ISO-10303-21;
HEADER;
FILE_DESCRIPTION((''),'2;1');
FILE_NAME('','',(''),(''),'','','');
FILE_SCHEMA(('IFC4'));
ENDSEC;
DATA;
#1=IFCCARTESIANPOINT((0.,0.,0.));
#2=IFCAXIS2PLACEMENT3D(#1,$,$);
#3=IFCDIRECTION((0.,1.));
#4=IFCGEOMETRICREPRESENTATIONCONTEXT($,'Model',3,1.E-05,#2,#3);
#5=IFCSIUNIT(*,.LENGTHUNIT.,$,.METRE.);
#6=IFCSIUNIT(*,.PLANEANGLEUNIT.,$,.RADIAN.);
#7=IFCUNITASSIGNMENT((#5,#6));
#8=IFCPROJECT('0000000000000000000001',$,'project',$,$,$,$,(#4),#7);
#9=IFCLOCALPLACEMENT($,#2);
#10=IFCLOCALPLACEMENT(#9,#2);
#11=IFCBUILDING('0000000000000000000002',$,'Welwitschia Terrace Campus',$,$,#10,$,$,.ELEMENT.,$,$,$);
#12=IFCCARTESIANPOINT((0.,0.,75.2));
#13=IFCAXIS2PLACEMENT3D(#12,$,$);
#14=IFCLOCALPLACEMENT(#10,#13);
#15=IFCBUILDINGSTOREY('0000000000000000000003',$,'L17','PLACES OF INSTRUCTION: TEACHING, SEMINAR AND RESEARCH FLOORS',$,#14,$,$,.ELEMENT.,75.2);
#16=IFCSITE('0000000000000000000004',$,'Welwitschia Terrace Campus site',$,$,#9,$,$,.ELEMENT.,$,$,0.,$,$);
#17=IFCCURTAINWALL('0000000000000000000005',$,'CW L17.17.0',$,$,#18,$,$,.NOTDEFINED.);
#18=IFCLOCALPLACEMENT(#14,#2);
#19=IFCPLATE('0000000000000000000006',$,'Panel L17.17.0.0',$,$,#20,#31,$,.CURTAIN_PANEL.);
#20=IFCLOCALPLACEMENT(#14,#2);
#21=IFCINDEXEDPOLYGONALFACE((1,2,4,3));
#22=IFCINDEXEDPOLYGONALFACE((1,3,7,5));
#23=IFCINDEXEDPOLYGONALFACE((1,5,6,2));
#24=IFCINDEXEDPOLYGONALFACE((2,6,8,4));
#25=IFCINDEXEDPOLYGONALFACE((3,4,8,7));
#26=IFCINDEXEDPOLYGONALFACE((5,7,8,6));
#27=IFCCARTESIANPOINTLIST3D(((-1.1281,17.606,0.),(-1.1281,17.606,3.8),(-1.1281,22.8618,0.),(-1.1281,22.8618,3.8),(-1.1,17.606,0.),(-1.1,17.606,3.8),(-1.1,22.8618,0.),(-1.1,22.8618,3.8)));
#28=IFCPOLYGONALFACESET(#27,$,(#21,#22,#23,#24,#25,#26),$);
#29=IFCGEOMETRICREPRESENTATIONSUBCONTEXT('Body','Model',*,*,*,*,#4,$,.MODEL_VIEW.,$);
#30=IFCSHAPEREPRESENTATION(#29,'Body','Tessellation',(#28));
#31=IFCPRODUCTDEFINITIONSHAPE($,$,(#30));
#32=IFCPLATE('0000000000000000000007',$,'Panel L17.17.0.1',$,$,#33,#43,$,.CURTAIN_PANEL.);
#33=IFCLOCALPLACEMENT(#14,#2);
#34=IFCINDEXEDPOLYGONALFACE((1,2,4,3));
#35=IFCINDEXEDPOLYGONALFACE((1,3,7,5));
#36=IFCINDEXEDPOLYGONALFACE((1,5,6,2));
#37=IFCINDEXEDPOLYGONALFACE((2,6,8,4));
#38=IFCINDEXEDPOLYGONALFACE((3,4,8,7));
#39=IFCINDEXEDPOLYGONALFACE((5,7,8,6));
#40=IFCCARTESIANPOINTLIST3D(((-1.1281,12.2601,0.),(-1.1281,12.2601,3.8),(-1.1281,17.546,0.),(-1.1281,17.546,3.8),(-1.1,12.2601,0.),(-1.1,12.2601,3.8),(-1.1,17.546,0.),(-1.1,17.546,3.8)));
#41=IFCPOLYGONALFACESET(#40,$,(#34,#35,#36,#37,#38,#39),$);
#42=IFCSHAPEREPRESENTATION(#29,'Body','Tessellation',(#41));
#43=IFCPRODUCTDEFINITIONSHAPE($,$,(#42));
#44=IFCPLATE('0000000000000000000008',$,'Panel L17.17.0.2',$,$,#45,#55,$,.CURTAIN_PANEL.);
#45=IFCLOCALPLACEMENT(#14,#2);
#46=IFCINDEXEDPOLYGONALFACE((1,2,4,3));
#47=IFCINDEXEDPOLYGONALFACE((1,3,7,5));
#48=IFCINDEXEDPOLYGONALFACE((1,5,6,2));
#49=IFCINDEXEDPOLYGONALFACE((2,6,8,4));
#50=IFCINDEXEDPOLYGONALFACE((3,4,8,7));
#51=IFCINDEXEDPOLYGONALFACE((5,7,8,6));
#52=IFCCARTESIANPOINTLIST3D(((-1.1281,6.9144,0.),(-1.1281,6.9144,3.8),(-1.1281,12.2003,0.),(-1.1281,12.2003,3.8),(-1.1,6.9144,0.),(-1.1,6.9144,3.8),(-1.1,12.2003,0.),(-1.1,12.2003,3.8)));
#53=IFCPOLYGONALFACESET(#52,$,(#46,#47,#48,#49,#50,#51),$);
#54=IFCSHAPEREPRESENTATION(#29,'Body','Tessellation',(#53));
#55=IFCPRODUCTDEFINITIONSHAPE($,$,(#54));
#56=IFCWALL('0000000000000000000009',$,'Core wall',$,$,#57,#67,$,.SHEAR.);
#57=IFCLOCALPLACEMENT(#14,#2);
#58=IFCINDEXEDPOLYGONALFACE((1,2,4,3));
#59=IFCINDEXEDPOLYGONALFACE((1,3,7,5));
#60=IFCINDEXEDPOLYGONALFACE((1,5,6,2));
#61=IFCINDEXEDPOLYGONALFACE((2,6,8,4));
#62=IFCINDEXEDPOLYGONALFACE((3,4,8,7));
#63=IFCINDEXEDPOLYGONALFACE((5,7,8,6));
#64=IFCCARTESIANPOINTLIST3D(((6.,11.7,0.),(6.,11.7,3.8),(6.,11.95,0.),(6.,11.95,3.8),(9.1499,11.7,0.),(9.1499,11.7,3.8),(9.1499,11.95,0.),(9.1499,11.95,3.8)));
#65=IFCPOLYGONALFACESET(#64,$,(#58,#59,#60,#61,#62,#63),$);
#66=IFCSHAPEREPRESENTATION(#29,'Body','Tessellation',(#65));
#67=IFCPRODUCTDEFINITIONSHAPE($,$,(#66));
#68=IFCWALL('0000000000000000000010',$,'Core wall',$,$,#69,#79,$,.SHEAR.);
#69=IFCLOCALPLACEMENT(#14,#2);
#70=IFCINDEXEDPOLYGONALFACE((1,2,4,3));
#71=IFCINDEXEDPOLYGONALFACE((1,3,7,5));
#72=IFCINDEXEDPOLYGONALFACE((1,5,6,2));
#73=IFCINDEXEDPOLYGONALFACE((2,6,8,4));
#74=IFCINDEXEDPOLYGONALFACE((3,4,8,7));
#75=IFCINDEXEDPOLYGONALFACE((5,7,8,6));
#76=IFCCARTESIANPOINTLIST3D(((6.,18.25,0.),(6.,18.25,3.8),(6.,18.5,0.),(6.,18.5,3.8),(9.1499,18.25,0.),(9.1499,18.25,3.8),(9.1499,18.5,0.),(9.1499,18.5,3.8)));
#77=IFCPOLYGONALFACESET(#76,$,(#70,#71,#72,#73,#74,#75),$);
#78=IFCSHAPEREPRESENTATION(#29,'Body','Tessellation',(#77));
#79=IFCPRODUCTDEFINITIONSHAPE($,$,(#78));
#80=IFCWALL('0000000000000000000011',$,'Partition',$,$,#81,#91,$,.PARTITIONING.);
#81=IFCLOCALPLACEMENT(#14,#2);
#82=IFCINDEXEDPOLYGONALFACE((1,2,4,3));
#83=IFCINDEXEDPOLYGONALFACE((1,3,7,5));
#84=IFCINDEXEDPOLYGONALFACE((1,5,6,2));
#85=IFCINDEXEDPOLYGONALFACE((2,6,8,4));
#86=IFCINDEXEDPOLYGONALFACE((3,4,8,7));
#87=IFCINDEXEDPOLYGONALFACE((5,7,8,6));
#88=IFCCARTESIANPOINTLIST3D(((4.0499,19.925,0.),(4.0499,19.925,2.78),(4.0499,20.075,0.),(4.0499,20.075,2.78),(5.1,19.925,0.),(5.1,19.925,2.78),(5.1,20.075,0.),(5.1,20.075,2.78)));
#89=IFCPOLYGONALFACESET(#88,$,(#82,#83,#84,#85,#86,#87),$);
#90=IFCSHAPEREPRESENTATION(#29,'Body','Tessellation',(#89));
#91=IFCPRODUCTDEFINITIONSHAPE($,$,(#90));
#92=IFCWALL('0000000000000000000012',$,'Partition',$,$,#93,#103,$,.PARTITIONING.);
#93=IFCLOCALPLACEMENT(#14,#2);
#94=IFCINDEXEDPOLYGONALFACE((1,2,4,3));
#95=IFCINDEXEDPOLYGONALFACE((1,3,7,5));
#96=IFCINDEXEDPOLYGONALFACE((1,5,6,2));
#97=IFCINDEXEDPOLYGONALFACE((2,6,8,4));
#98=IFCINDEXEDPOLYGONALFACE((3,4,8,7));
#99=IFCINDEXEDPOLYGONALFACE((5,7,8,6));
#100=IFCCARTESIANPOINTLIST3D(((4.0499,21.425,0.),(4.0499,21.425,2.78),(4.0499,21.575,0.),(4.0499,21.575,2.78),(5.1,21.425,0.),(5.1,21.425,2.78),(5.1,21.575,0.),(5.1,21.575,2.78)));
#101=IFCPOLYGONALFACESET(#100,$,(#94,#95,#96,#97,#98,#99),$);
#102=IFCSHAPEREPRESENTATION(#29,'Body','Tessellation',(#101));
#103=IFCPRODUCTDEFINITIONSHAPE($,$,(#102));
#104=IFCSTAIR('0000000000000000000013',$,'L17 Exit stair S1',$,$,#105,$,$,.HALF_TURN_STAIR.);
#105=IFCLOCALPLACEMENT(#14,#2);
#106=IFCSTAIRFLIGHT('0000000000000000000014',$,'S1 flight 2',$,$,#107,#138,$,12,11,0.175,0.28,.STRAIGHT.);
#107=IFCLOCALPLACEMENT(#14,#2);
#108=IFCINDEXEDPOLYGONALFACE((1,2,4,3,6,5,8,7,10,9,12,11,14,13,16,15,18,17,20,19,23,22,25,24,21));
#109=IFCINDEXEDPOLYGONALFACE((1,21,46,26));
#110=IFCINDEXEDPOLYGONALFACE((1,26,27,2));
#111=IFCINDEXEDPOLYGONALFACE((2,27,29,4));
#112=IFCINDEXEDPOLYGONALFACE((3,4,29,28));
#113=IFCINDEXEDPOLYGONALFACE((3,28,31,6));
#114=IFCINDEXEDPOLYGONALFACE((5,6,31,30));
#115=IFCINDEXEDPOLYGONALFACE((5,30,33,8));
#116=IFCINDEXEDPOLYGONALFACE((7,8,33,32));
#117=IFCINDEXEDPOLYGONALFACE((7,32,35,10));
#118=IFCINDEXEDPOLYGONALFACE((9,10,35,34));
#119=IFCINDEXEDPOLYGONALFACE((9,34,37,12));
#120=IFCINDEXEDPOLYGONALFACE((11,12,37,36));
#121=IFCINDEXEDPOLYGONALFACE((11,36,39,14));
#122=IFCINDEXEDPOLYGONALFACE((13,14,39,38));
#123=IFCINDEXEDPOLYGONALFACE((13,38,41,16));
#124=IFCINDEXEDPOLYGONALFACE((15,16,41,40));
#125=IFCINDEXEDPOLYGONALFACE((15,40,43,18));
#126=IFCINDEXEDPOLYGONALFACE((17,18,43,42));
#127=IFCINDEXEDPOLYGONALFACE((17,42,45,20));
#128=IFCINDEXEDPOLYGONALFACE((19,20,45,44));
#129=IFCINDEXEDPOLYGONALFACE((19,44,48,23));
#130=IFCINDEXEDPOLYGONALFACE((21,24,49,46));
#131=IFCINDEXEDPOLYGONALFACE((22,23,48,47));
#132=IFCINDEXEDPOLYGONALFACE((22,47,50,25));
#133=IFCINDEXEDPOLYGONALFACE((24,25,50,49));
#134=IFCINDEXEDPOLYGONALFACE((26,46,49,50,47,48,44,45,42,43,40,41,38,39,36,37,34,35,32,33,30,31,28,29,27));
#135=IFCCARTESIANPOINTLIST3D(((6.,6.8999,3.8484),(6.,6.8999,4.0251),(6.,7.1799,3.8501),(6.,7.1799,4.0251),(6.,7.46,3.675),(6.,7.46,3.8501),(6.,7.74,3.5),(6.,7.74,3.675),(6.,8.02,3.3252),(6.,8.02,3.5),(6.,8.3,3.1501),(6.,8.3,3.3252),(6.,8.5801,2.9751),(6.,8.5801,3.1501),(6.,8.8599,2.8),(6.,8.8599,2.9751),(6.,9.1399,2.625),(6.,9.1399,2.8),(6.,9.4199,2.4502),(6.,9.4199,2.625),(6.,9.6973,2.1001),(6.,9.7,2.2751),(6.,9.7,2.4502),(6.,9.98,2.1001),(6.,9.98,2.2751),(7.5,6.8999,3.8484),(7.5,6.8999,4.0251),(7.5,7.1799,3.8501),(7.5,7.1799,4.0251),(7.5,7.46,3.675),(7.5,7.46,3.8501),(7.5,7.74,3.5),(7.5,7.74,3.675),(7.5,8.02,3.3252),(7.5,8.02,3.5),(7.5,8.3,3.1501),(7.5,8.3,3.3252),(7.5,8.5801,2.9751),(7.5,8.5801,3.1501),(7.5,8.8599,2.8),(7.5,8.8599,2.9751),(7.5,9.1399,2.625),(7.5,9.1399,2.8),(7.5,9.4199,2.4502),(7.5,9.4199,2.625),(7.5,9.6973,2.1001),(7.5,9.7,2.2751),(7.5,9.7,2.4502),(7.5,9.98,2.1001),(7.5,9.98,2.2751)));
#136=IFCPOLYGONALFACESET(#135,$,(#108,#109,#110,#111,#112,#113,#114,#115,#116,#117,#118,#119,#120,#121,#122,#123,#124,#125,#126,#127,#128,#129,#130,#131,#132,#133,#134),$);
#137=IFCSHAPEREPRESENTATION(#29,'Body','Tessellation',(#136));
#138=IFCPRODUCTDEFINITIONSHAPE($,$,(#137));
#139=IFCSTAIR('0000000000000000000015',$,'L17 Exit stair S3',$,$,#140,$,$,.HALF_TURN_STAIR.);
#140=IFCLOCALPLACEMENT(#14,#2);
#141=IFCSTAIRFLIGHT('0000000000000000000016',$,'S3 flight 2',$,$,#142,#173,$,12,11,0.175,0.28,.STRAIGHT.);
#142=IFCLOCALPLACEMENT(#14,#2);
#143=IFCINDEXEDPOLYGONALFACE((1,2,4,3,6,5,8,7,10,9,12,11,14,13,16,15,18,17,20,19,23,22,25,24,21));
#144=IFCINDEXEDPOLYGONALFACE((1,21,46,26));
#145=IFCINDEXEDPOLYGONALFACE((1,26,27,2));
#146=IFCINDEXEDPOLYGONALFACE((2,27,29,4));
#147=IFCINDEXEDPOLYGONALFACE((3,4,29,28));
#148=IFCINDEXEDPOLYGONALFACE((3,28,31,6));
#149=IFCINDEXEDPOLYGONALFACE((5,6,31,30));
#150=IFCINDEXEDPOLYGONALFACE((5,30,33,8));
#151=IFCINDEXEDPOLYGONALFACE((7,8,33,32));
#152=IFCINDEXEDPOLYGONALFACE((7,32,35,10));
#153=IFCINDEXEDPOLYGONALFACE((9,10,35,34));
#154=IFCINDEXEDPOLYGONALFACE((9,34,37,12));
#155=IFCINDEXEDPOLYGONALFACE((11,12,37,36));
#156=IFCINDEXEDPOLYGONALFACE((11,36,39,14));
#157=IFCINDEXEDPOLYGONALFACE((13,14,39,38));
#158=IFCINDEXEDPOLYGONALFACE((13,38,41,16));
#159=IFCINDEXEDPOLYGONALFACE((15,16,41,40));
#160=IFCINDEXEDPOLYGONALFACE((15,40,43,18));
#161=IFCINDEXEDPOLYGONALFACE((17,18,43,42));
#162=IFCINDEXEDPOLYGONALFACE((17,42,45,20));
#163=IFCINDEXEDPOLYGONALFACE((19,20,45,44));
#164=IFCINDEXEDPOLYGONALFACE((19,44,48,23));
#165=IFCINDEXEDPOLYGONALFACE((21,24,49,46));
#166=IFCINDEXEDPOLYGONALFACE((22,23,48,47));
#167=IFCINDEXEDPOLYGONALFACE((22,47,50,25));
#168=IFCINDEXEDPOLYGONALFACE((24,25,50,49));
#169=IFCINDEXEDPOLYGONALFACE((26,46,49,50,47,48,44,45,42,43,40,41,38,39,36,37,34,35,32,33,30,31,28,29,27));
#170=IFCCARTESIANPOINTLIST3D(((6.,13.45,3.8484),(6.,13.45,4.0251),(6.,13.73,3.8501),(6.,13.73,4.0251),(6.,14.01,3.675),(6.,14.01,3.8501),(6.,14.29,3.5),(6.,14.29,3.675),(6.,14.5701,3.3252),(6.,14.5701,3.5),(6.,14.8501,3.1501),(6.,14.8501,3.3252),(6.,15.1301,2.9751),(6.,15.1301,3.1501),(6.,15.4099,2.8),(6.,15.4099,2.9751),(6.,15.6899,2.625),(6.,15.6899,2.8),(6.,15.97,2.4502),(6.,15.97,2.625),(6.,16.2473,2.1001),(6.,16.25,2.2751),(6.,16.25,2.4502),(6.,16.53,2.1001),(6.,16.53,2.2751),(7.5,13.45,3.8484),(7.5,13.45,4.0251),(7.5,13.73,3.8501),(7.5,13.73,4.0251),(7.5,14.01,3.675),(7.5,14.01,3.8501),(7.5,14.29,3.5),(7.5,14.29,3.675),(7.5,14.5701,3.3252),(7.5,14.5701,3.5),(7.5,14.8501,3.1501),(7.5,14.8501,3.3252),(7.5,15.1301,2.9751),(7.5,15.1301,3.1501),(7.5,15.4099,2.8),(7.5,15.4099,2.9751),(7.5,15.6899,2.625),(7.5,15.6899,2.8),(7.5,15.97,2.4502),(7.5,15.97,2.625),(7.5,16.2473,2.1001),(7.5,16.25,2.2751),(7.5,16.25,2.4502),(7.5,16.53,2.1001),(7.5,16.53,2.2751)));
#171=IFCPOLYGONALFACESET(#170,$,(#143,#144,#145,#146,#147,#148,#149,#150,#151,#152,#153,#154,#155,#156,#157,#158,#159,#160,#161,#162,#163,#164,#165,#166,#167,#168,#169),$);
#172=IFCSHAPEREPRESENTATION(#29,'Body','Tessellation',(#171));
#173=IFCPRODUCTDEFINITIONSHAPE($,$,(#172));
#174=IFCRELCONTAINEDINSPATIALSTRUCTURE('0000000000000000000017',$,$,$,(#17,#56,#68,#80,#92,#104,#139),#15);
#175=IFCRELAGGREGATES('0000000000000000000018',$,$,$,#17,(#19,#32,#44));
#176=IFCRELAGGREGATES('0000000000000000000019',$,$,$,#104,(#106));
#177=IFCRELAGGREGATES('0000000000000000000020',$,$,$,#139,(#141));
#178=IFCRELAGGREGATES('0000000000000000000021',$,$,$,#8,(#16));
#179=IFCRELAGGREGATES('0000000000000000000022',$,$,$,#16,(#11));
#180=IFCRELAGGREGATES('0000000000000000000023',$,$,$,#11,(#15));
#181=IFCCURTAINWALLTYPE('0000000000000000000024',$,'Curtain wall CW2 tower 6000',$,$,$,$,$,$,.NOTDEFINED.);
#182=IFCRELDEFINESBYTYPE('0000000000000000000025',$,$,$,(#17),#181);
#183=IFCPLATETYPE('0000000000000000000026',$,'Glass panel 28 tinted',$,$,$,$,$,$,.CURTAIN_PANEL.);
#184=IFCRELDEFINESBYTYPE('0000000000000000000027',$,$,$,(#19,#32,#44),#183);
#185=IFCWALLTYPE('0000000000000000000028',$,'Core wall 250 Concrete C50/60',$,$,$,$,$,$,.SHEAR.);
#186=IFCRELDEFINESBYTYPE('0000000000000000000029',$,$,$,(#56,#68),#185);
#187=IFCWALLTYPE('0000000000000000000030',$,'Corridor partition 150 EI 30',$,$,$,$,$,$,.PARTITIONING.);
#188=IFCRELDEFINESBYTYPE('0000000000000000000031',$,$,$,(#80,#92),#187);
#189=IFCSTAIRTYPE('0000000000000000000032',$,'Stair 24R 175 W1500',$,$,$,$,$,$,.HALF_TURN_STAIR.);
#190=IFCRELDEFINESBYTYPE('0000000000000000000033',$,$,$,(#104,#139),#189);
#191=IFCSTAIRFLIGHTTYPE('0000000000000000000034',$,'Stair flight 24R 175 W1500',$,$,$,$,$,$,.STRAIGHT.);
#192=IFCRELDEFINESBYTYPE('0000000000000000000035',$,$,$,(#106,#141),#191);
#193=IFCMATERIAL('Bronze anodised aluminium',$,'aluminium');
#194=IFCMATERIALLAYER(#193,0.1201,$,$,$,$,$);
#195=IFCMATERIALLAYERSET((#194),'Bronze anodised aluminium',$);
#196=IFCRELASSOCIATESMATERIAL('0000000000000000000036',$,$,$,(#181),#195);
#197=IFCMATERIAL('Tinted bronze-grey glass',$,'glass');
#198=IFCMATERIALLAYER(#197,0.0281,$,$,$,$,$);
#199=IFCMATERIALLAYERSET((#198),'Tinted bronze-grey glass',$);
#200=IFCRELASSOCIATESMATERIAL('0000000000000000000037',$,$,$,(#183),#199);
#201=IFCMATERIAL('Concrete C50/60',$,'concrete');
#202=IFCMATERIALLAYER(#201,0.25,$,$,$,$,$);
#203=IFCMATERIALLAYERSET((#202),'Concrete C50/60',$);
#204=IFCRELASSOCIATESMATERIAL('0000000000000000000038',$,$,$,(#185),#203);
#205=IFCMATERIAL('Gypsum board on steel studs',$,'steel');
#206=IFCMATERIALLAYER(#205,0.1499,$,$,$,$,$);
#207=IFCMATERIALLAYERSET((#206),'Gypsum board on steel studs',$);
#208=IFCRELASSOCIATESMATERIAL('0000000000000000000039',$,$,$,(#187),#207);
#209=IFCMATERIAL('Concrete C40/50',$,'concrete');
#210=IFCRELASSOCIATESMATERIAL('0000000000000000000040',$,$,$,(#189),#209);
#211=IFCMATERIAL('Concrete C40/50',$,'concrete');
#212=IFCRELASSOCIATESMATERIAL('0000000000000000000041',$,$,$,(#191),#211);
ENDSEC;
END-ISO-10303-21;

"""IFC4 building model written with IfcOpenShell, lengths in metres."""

from ifc_helpers import new_model, si_unit, direction, frame, frame_2d, origin, origin_2d, place, context, subcontext, project, spatial, polyline, rectangle, outline, extrude, material, layer, layer_set, type_object, element, aggregate, save


model = new_model("IFC4")

# Units and contexts
model_context = context("Model", 3, precision=1e-05, world=origin(), true_north=direction((0.0, 1.0)))
body_context = subcontext(model_context, "Body", "Model", "MODEL_VIEW")
ifc_project = project(units=[si_unit("LENGTHUNIT", "METRE"), si_unit("PLANEANGLEUNIT", "RADIAN")], contexts=[model_context])

# Site, building, storey
site_placement = place(None, origin())
site = spatial("IfcSite", under=ifc_project, at=site_placement, Name="Welwitschia Terrace Campus site", CompositionType="ELEMENT", RefElevation=0.0)
building_placement = place(site_placement, origin())
building = spatial("IfcBuilding", under=site, at=building_placement, Name="Welwitschia Terrace Campus", CompositionType="ELEMENT")
storey_placement = place(building_placement, frame((0.0, 0.0, 75.2)))
storey = spatial("IfcBuildingStorey", under=building, at=storey_placement, Name="L17", Description="PLACES OF INSTRUCTION: TEACHING, SEMINAR AND RESEARCH FLOORS", CompositionType="ELEMENT", Elevation=75.2)

# Shared definitions
ifc_material_1 = material(Name="Bronze anodised aluminium", Category="aluminium")
ifc_layer_1 = layer(ifc_material_1, 0.1201)
ifc_layer_set_1 = layer_set([ifc_layer_1], Name="Bronze anodised aluminium")
curtain_wall_type = type_object("IfcCurtainWallType", Name="Curtain wall CW2 tower 6000", PredefinedType="NOTDEFINED", material=ifc_layer_set_1)

# Curtain wall
curtain_wall_1_placement = place(storey_placement, origin())
curtain_wall_1 = element("IfcCurtainWall", 1, at=curtain_wall_1_placement, inside=storey, type_object=curtain_wall_type, Name="CW L17.17.0", PredefinedType="NOTDEFINED")

# Plates
ifc_material_2 = material(Name="Tinted bronze-grey glass", Category="glass")
ifc_layer_2 = layer(ifc_material_2, 0.0281)
ifc_layer_set_2 = layer_set([ifc_layer_2], Name="Tinted bronze-grey glass")
plate_type = type_object("IfcPlateType", Name="Glass panel 28 tinted", PredefinedType="CURTAIN_PANEL", material=ifc_layer_set_2)
plate_1_placement = place(storey_placement, frame((-1.114, 20.2339, 0.0), z_axis=(0.0, 0.0, 1.0), x_axis=(0.0, -1.0, 0.0)))
plate_1 = element("IfcPlate", 2, at=plate_1_placement, type_object=plate_type, Name="Panel L17.17.0.0", PredefinedType="CURTAIN_PANEL", context=body_context, shape_type="SweptSolid", body=[
    extrude(rectangle(XDim=5.2559, YDim=0.0281, at=origin_2d()), origin(), (0.0, 0.0, 1.0), 3.8),
])
plate_2_placement = place(storey_placement, frame((-1.114, 14.9031, 0.0), z_axis=(0.0, 0.0, 1.0), x_axis=(0.0, -1.0, 0.0)))
plate_2 = element("IfcPlate", 3, at=plate_2_placement, type_object=plate_type, Name="Panel L17.17.0.1", PredefinedType="CURTAIN_PANEL", context=body_context, shape_type="SweptSolid", body=[
    extrude(rectangle(XDim=5.2859, YDim=0.0281, at=origin_2d()), origin(), (0.0, 0.0, 1.0), 3.8),
])
plate_3_placement = place(storey_placement, frame((-1.114, 9.5574, 0.0), z_axis=(0.0, 0.0, 1.0), x_axis=(0.0, -1.0, 0.0)))
plate_3 = element("IfcPlate", 4, at=plate_3_placement, type_object=plate_type, Name="Panel L17.17.0.2", PredefinedType="CURTAIN_PANEL", context=body_context, shape_type="SweptSolid", body=[
    extrude(rectangle(XDim=5.2859, YDim=0.0281, at=origin_2d()), origin(), (0.0, 0.0, 1.0), 3.8),
])
aggregate(curtain_wall_1, [plate_1, plate_2, plate_3])

# Walls
ifc_material_3 = material(Name="Concrete C50/60", Category="concrete")
ifc_layer_3 = layer(ifc_material_3, 0.25)
ifc_layer_set_3 = layer_set([ifc_layer_3], Name="Concrete C50/60")
wall_type_1 = type_object("IfcWallType", Name="Core wall 250 Concrete C50/60", PredefinedType="SHEAR", material=ifc_layer_set_3)
for number, where, z_axis, x_axis, name in (
    (5, (6.0, 11.825, 0.0), (0.0, 0.0, 1.0), (1.0, 0.0, 0.0), "Core wall"),
    (6, (6.0, 18.375, 0.0), (0.0, 0.0, 1.0), (1.0, 0.0, 0.0), "Core wall"),
):
    element("IfcWall", number, at=place(storey_placement, frame(where, z_axis=z_axis, x_axis=x_axis)), inside=storey, type_object=wall_type_1, Name=name, PredefinedType="SHEAR", context=body_context, shape_type="SweptSolid", body=[
        extrude(rectangle(XDim=3.1499, YDim=0.25, at=frame_2d((1.575, 0.0))), origin(), (0.0, 0.0, 1.0), 3.8),
    ])
ifc_material_4 = material(Name="Gypsum board on steel studs", Category="steel")
ifc_layer_4 = layer(ifc_material_4, 0.1499)
ifc_layer_set_4 = layer_set([ifc_layer_4], Name="Gypsum board on steel studs")
wall_type_2 = type_object("IfcWallType", Name="Corridor partition 150 EI 30", PredefinedType="PARTITIONING", material=ifc_layer_set_4)
for number, where, z_axis, x_axis, name in (
    (7, (4.05, 20.0, 0.0), (0.0, 0.0, 1.0), (1.0, 0.0, 0.0), "Partition"),
    (8, (4.05, 21.5, 0.0), (0.0, 0.0, 1.0), (1.0, 0.0, 0.0), "Partition"),
):
    element("IfcWall", number, at=place(storey_placement, frame(where, z_axis=z_axis, x_axis=x_axis)), inside=storey, type_object=wall_type_2, Name=name, PredefinedType="PARTITIONING", context=body_context, shape_type="SweptSolid", body=[
        extrude(rectangle(XDim=1.05, YDim=0.1499, at=frame_2d((0.5249, 0.0))), origin(), (0.0, 0.0, 1.0), 2.78),
    ])

# Stairs, stair flights
ifc_material_5 = material(Name="Concrete C40/50", Category="concrete")
stair_type = type_object("IfcStairType", Name="Stair 24R 175 W1500", PredefinedType="HALF_TURN_STAIR", material=ifc_material_5)
stair_1_placement = place(storey_placement, origin())
stair_1 = element("IfcStair", 9, at=stair_1_placement, inside=storey, type_object=stair_type, Name="L17 Exit stair S1", PredefinedType="HALF_TURN_STAIR")
ifc_material_6 = material(Name="Concrete C40/50", Category="concrete")
stair_flight_type = type_object("IfcStairFlightType", Name="Stair flight 24R 175 W1500", PredefinedType="STRAIGHT", material=ifc_material_6)
stair_flight_1_placement = place(storey_placement, frame((6.75, 9.98, 2.1001), z_axis=(0.0, 0.0, 1.0), x_axis=(0.0, -1.0, 0.0)))
stair_flight_1 = element("IfcStairFlight", 10, at=stair_flight_1_placement, type_object=stair_flight_type, Name="S1 flight 2", NumberOfRisers=12, NumberOfTreads=11, PredefinedType="STRAIGHT", RiserHeight=0.175, TreadLength=0.28, context=body_context, shape_type="SweptSolid", body=[
    extrude(outline(polyline([(0.0, 0.0), (0.0, 0.175), (0.28, 0.175), (0.28, 0.3501), (0.5601, 0.3501), (0.5601, 0.5249), (0.8401, 0.5249), (0.8401, 0.7), (1.1201, 0.7), (1.1201, 0.875), (1.3999, 0.875), (1.3999, 1.05), (1.6799, 1.05), (1.6799, 1.2251), (1.96, 1.2251), (1.96, 1.3999), (2.24, 1.3999), (2.24, 1.575), (2.52, 1.575), (2.52, 1.75), (2.8, 1.75), (2.8, 1.925), (3.0801, 1.925), (3.0801, 2.1001), (3.0801, 1.7483), (0.2827, 0.0), (0.0, 0.0)])), frame((0.0, 0.75, 0.0), z_axis=(0.0, -1.0, 0.0), x_axis=(1.0, 0.0, 0.0)), (0.0, 0.0, 1.0), 1.5),
])
aggregate(stair_1, [stair_flight_1])
stair_2_placement = place(storey_placement, origin())
stair_2 = element("IfcStair", 11, at=stair_2_placement, inside=storey, type_object=stair_type, Name="L17 Exit stair S3", PredefinedType="HALF_TURN_STAIR")
stair_flight_2_placement = place(storey_placement, frame((6.75, 16.53, 2.1001), z_axis=(0.0, 0.0, 1.0), x_axis=(0.0, -1.0, 0.0)))
stair_flight_2 = element("IfcStairFlight", 12, at=stair_flight_2_placement, type_object=stair_flight_type, Name="S3 flight 2", NumberOfRisers=12, NumberOfTreads=11, PredefinedType="STRAIGHT", RiserHeight=0.175, TreadLength=0.28, context=body_context, shape_type="SweptSolid", body=[
    extrude(outline(polyline([(0.0, 0.0), (0.0, 0.175), (0.28, 0.175), (0.28, 0.3501), (0.5601, 0.3501), (0.5601, 0.5249), (0.8401, 0.5249), (0.8401, 0.7), (1.1201, 0.7), (1.1201, 0.875), (1.3999, 0.875), (1.3999, 1.05), (1.6799, 1.05), (1.6799, 1.2251), (1.96, 1.2251), (1.96, 1.3999), (2.24, 1.3999), (2.24, 1.575), (2.52, 1.575), (2.52, 1.75), (2.8, 1.75), (2.8, 1.925), (3.0801, 1.925), (3.0801, 2.1001), (3.0801, 1.7483), (0.2827, 0.0), (0.0, 0.0)])), frame((0.0, 0.75, 0.0), z_axis=(0.0, -1.0, 0.0), x_axis=(1.0, 0.0, 0.0)), (0.0, 0.0, 1.0), 1.5),
])
aggregate(stair_2, [stair_flight_2])

save(model, "model.ifc")
